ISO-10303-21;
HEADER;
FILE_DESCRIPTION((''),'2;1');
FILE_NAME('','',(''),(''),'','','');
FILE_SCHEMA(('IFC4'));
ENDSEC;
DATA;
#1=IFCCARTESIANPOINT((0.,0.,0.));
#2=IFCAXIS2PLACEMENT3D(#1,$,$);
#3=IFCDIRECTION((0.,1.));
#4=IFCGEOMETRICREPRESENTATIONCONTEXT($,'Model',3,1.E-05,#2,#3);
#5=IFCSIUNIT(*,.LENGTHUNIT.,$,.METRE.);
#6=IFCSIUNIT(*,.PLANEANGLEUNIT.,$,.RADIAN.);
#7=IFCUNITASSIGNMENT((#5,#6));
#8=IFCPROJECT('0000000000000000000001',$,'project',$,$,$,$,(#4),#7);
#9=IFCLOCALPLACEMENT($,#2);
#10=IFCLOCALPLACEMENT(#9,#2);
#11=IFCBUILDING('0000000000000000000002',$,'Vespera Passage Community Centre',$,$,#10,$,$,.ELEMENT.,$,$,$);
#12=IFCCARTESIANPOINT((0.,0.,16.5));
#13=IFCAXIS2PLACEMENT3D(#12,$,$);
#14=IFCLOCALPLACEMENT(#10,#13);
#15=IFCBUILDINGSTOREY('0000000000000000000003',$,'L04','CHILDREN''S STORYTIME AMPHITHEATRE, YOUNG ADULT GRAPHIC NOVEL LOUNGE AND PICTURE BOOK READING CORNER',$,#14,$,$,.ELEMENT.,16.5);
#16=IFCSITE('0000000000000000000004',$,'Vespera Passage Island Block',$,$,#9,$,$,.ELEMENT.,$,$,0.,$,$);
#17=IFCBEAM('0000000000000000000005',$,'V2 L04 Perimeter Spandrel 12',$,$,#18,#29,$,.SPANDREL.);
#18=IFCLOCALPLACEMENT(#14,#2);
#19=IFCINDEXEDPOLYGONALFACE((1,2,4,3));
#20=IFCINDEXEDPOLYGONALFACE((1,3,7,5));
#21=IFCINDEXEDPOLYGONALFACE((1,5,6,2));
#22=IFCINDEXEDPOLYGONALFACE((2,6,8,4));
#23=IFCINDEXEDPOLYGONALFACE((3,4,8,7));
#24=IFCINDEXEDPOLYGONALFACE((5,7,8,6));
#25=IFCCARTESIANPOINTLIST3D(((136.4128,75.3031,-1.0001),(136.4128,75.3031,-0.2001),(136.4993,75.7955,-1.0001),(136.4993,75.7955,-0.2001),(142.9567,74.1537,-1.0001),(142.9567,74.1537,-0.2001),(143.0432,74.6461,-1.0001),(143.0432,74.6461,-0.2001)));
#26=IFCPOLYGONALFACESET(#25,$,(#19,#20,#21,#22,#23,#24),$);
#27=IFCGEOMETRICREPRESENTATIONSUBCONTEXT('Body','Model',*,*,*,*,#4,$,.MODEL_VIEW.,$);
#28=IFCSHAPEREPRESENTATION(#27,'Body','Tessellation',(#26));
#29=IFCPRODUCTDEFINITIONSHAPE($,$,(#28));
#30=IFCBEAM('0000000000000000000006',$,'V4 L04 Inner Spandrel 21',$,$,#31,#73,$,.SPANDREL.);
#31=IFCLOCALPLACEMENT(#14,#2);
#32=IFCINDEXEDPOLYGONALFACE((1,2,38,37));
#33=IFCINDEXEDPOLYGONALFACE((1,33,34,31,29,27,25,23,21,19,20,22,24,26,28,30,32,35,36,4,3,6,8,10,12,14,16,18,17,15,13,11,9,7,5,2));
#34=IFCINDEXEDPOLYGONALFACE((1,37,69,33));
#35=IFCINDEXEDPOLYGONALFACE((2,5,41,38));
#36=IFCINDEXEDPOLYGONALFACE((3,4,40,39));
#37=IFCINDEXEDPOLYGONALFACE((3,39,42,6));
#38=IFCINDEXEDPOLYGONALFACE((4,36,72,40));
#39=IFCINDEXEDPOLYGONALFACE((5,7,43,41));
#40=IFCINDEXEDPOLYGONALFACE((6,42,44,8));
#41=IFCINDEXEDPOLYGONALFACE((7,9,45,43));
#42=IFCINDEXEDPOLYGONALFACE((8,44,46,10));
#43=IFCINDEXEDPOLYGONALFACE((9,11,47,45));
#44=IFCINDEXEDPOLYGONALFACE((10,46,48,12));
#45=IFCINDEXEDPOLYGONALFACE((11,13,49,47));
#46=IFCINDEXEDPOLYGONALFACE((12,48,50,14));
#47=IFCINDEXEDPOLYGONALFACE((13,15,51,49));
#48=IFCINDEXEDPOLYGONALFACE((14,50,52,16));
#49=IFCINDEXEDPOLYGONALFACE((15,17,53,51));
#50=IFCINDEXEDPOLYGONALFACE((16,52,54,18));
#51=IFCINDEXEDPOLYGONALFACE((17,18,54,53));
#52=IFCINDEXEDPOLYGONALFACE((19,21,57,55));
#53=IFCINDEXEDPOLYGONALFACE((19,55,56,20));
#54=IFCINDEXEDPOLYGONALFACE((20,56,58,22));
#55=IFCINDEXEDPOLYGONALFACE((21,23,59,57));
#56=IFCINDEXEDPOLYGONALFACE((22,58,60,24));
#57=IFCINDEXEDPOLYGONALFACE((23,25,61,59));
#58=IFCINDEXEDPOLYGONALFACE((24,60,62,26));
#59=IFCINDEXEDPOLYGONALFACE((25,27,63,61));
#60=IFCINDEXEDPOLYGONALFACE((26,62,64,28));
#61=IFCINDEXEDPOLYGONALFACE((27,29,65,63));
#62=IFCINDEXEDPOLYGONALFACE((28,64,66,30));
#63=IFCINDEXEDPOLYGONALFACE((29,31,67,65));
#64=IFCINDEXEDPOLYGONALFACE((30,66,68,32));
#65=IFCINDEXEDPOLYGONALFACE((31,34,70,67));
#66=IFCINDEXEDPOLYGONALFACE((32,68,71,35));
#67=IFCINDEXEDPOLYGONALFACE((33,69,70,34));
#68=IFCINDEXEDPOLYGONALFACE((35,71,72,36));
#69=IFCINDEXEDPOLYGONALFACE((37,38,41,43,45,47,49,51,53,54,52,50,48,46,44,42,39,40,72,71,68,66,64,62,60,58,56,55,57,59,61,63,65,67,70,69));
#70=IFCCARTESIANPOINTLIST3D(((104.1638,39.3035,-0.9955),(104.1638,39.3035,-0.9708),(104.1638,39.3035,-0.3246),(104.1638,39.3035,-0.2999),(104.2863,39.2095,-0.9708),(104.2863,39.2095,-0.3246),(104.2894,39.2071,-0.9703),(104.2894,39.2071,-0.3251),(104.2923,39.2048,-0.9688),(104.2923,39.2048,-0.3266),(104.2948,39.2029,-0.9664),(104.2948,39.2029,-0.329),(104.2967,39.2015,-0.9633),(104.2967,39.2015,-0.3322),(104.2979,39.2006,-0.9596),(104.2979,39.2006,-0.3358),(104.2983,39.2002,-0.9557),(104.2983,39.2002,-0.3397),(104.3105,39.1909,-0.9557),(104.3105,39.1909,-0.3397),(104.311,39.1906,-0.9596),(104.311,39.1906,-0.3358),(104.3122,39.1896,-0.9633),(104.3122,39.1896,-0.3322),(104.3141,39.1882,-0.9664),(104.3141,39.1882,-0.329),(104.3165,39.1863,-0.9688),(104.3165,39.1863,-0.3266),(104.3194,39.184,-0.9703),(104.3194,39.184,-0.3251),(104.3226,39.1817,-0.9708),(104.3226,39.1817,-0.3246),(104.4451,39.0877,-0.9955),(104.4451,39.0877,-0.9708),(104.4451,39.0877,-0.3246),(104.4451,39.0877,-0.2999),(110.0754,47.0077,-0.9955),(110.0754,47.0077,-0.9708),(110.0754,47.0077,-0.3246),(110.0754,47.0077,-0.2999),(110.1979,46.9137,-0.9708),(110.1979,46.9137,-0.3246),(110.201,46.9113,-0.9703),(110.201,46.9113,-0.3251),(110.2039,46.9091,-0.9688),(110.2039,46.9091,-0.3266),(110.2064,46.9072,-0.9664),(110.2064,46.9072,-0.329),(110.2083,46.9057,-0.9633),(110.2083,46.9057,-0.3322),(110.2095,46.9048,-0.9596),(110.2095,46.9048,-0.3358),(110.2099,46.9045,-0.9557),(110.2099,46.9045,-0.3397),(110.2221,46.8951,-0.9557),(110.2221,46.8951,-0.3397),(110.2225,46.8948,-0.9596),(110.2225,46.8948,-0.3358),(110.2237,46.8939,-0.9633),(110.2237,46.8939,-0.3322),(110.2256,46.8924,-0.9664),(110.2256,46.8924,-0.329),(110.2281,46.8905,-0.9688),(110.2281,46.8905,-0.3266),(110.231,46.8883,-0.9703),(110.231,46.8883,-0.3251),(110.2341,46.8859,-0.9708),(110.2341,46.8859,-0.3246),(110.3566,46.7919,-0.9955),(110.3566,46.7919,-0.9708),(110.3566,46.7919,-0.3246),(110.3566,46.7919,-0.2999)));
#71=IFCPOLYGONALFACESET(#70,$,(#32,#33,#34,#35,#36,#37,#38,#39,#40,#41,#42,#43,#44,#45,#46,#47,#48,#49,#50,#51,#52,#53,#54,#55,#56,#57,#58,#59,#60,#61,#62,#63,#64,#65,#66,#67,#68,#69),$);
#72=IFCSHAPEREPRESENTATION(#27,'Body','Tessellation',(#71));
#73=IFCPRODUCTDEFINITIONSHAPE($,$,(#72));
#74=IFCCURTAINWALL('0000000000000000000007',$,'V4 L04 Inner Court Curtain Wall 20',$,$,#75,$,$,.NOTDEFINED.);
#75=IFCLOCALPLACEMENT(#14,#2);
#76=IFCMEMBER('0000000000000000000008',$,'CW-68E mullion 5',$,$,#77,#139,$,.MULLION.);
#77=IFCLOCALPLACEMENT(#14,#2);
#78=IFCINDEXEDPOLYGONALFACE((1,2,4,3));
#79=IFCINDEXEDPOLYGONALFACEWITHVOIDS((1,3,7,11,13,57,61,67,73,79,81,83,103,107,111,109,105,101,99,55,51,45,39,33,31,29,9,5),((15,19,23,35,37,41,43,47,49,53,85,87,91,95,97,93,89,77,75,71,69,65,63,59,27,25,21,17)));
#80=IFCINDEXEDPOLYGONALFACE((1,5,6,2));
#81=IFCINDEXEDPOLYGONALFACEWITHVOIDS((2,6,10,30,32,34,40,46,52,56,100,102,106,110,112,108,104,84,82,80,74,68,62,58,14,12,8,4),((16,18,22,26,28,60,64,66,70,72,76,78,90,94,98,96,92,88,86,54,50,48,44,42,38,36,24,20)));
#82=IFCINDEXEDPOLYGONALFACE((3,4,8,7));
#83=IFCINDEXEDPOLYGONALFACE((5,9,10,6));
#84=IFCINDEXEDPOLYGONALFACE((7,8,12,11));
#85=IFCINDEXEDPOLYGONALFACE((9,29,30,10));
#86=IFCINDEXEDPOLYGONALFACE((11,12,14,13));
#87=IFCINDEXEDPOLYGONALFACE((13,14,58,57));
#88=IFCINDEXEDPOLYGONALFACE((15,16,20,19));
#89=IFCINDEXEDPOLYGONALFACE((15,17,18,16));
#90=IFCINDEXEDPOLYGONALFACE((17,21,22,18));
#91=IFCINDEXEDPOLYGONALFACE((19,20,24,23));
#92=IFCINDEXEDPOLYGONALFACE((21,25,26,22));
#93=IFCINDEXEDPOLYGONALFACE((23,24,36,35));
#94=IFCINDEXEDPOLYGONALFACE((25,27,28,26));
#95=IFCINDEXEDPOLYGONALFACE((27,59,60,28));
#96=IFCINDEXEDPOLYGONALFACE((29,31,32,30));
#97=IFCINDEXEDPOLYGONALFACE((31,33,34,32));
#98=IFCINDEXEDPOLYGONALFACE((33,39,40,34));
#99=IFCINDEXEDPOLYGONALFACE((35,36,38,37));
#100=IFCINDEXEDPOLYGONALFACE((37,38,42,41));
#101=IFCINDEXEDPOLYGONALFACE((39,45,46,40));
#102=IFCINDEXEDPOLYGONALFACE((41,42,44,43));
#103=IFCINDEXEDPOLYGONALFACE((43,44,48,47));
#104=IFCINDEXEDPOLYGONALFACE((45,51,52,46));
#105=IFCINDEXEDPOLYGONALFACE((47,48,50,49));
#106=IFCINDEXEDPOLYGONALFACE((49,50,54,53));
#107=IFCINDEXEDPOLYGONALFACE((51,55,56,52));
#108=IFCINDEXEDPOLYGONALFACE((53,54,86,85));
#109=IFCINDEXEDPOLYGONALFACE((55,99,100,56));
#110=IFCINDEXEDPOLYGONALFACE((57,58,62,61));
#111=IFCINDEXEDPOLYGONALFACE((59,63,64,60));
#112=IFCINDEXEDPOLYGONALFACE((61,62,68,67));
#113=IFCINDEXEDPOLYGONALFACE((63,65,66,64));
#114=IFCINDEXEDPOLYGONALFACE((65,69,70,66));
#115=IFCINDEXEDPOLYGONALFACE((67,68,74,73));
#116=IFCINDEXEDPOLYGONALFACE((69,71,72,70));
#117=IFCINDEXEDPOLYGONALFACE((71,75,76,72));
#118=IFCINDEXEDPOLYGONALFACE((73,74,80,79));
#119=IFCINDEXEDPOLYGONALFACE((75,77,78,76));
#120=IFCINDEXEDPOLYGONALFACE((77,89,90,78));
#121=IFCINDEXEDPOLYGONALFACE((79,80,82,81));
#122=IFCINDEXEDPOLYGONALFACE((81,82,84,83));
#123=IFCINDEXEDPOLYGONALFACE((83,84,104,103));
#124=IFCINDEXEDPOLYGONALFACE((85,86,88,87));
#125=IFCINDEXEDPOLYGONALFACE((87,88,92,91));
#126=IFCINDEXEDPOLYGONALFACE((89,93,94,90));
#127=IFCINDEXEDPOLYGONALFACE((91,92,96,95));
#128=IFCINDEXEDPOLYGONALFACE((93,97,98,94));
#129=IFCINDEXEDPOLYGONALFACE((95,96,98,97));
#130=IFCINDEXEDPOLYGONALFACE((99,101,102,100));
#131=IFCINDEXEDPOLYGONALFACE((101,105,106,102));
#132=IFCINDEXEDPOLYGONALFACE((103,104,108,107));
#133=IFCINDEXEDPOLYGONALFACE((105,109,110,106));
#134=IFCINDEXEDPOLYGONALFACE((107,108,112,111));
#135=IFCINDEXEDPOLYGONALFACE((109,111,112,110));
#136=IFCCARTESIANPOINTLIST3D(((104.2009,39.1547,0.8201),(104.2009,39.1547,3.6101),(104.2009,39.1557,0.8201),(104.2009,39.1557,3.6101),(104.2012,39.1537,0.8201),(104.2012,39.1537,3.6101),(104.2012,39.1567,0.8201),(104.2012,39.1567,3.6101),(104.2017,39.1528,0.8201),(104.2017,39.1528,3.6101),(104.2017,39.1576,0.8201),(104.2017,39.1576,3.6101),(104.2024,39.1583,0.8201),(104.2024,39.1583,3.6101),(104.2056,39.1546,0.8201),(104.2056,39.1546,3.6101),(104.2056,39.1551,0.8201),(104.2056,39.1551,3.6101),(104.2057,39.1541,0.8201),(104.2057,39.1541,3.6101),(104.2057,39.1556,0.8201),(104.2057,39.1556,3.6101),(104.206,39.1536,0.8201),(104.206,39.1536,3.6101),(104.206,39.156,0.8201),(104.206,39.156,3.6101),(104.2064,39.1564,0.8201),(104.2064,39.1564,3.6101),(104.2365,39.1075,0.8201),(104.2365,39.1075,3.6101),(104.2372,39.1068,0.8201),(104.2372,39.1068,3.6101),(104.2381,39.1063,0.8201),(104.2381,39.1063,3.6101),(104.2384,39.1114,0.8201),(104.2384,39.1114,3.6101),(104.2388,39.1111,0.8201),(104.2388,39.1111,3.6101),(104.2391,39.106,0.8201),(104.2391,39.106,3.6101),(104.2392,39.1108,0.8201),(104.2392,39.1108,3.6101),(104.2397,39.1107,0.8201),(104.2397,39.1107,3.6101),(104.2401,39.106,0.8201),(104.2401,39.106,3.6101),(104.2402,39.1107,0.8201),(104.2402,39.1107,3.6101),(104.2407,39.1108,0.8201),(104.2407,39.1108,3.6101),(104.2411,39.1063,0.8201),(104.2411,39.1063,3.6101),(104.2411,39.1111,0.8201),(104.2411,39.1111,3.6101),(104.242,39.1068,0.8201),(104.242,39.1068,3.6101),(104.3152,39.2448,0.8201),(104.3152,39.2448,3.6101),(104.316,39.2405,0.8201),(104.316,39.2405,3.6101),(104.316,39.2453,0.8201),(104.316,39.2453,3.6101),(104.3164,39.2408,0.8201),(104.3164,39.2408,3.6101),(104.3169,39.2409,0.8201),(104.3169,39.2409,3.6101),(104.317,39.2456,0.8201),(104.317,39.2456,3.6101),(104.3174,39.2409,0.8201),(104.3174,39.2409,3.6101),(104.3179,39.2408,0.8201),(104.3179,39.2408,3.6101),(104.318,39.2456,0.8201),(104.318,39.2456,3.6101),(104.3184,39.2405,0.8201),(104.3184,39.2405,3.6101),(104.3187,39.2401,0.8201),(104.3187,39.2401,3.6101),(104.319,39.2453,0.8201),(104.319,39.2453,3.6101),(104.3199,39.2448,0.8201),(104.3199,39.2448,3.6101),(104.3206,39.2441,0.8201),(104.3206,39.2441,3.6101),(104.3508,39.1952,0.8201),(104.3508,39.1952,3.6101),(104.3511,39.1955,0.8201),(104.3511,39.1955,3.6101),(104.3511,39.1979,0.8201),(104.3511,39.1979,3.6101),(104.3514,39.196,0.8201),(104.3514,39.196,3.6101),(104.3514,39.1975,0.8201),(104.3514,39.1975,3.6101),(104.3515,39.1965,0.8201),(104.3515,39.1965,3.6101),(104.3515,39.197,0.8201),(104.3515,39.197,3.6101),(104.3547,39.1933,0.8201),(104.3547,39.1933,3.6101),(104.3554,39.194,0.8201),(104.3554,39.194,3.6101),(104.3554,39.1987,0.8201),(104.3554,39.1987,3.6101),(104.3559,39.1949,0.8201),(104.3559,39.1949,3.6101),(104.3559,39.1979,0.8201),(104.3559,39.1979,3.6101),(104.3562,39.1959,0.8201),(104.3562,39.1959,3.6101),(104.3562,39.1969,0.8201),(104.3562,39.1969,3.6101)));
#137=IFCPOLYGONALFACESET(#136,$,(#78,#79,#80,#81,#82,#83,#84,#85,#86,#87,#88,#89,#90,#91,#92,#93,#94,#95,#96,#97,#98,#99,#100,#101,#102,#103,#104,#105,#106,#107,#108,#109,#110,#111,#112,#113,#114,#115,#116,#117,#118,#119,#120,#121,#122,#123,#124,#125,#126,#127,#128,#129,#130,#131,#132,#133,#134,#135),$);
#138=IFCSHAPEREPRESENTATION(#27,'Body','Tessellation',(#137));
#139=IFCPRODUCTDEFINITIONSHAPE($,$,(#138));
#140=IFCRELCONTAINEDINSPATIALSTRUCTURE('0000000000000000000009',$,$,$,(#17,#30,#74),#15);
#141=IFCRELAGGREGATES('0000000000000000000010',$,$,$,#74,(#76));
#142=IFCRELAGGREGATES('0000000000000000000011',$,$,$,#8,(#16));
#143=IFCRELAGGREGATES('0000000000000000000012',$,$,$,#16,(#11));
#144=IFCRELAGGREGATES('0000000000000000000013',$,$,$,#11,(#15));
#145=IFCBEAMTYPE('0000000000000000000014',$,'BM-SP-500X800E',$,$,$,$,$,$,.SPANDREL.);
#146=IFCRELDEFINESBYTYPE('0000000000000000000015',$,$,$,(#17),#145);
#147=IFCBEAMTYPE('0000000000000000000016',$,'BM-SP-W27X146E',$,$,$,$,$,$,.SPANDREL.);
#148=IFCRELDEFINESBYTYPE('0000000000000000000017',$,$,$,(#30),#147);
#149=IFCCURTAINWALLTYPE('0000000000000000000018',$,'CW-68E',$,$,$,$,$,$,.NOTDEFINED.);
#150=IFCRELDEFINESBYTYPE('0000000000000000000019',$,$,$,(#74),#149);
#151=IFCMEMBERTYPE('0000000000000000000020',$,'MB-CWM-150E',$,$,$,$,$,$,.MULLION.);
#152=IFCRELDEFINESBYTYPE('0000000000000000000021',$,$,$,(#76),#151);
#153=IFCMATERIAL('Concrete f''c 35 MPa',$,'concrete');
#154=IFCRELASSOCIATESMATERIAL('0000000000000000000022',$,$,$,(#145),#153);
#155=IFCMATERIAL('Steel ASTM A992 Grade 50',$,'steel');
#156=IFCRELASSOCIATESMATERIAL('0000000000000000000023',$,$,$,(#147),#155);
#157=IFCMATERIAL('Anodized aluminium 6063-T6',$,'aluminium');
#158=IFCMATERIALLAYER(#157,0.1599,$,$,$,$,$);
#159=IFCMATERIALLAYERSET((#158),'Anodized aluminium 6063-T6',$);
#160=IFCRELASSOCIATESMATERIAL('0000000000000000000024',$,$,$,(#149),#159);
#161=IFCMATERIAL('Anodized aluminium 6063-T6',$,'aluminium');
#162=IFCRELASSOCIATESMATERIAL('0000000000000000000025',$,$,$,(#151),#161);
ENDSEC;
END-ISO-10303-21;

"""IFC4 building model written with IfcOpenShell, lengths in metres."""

from ifc_helpers import new_model, si_unit, direction, frame, origin, origin_2d, place, context, subcontext, project, spatial, rectangle, hollow_rectangle, i_section, extrude, material, layer, layer_set, material_profile, profile_set, type_object, element, aggregate, save


model = new_model("IFC4")

# Units and contexts
model_context = context("Model", 3, precision=1e-05, world=origin(), true_north=direction((0.0, 1.0)))
body_context = subcontext(model_context, "Body", "Model", "MODEL_VIEW")
ifc_project = project(units=[si_unit("LENGTHUNIT", "METRE"), si_unit("PLANEANGLEUNIT", "RADIAN")], contexts=[model_context])

# Site, building, storey
site_placement = place(None, origin())
site = spatial("IfcSite", under=ifc_project, at=site_placement, Name="Vespera Passage Island Block", CompositionType="ELEMENT", RefElevation=0.0)
building_placement = place(site_placement, origin())
building = spatial("IfcBuilding", under=site, at=building_placement, Name="Vespera Passage Community Centre", CompositionType="ELEMENT")
storey_placement = place(building_placement, frame((0.0, 0.0, 16.5)))
storey = spatial("IfcBuildingStorey", under=building, at=storey_placement, Name="L04", Description="CHILDREN'S STORYTIME AMPHITHEATRE, YOUNG ADULT GRAPHIC NOVEL LOUNGE AND PICTURE BOOK READING CORNER", CompositionType="ELEMENT", Elevation=16.5)

# Beams
ifc_material_1 = material(Name="Concrete f'c 35 MPa", Category="concrete")
ifc_material_profile_1 = material_profile(ifc_material_1, rectangle(XDim=0.5, YDim=0.8, at=origin_2d()), Name="RC500X800")
ifc_profile_set_1 = profile_set([ifc_material_profile_1], Name="Concrete f'c 35 MPa")
beam_type_1 = type_object("IfcBeamType", Name="BM-SP-500X800E", PredefinedType="SPANDREL", material=ifc_profile_set_1)
beam_1_placement = place(storey_placement, frame((136.4561, 75.5493, -0.6001), z_axis=(0.984922, -0.172997, 0.0), x_axis=(0.172997, 0.984922, 0.0)))
element("IfcBeam", 1, at=beam_1_placement, inside=storey, type_object=beam_type_1, Name="V2 L04 Perimeter Spandrel 12", PredefinedType="SPANDREL", context=body_context, shape_type="SweptSolid", body=[
    extrude(rectangle(XDim=0.5, YDim=0.8, at=origin_2d()), origin(), (0.0, 0.0, 1.0), 6.644),
])
ifc_material_2 = material(Name="Steel ASTM A992 Grade 50", Category="steel")
ifc_material_profile_2 = material_profile(ifc_material_2, i_section(OverallWidth=0.3545, OverallDepth=0.6956, WebThickness=0.0154, FlangeThickness=0.0247, FilletRadius=0.0151, at=origin_2d()), Name="W27X146")
ifc_profile_set_2 = profile_set([ifc_material_profile_2], Name="Steel ASTM A992 Grade 50")
beam_type_2 = type_object("IfcBeamType", Name="BM-SP-W27X146E", PredefinedType="SPANDREL", material=ifc_profile_set_2)
beam_2_placement = place(storey_placement, frame((104.3044, 39.1956, -0.6477), z_axis=(0.608753, 0.79336, 0.0), x_axis=(-0.79336, 0.608753, 0.0)))
element("IfcBeam", 2, at=beam_2_placement, inside=storey, type_object=beam_type_2, Name="V4 L04 Inner Spandrel 21", PredefinedType="SPANDREL", context=body_context, shape_type="SweptSolid", body=[
    extrude(i_section(OverallWidth=0.3545, OverallDepth=0.6956, WebThickness=0.0154, FlangeThickness=0.0247, FilletRadius=0.0151, at=origin_2d()), origin(), (0.0, 0.0, 1.0), 9.7109),
])

# Curtain wall, member
ifc_material_3 = material(Name="Anodized aluminium 6063-T6", Category="aluminium")
ifc_layer_1 = layer(ifc_material_3, 0.1599)
ifc_layer_set_1 = layer_set([ifc_layer_1], Name="Anodized aluminium 6063-T6")
curtain_wall_type = type_object("IfcCurtainWallType", Name="CW-68E", PredefinedType="NOTDEFINED", material=ifc_layer_set_1)
curtain_wall_placement = place(storey_placement, origin())
curtain_wall = element("IfcCurtainWall", 3, at=curtain_wall_placement, inside=storey, type_object=curtain_wall_type, Name="V4 L04 Inner Court Curtain Wall 20", PredefinedType="NOTDEFINED")
ifc_material_4 = material(Name="Anodized aluminium 6063-T6", Category="aluminium")
ifc_material_profile_3 = material_profile(ifc_material_4, hollow_rectangle(XDim=0.0649, YDim=0.1499, WallThickness=0.0039, InnerFilletRadius=0.002, OuterFilletRadius=0.0039, at=origin_2d()), Name="ALU150X65X4")
ifc_profile_set_3 = profile_set([ifc_material_profile_3], Name="Anodized aluminium 6063-T6")
member_type_1 = type_object("IfcMemberType", Name="MB-CWM-150E", PredefinedType="MULLION", material=ifc_profile_set_3)
member_1_placement = place(storey_placement, frame((104.2786, 39.1758, 0.8201), z_axis=(0.0, 0.0, 1.0), x_axis=(-0.608755, 0.793358, 0.0)))
member_1 = element("IfcMember", 4, at=member_1_placement, type_object=member_type_1, Name="CW-68E mullion 5", PredefinedType="MULLION", context=body_context, shape_type="SweptSolid", body=[
    extrude(hollow_rectangle(XDim=0.0649, YDim=0.1499, WallThickness=0.0039, InnerFilletRadius=0.002, OuterFilletRadius=0.0039, at=origin_2d()), origin(), (0.0, 0.0, 1.0), 2.79),
])

aggregate(curtain_wall, [member_1])

save(model, "model.ifc")
